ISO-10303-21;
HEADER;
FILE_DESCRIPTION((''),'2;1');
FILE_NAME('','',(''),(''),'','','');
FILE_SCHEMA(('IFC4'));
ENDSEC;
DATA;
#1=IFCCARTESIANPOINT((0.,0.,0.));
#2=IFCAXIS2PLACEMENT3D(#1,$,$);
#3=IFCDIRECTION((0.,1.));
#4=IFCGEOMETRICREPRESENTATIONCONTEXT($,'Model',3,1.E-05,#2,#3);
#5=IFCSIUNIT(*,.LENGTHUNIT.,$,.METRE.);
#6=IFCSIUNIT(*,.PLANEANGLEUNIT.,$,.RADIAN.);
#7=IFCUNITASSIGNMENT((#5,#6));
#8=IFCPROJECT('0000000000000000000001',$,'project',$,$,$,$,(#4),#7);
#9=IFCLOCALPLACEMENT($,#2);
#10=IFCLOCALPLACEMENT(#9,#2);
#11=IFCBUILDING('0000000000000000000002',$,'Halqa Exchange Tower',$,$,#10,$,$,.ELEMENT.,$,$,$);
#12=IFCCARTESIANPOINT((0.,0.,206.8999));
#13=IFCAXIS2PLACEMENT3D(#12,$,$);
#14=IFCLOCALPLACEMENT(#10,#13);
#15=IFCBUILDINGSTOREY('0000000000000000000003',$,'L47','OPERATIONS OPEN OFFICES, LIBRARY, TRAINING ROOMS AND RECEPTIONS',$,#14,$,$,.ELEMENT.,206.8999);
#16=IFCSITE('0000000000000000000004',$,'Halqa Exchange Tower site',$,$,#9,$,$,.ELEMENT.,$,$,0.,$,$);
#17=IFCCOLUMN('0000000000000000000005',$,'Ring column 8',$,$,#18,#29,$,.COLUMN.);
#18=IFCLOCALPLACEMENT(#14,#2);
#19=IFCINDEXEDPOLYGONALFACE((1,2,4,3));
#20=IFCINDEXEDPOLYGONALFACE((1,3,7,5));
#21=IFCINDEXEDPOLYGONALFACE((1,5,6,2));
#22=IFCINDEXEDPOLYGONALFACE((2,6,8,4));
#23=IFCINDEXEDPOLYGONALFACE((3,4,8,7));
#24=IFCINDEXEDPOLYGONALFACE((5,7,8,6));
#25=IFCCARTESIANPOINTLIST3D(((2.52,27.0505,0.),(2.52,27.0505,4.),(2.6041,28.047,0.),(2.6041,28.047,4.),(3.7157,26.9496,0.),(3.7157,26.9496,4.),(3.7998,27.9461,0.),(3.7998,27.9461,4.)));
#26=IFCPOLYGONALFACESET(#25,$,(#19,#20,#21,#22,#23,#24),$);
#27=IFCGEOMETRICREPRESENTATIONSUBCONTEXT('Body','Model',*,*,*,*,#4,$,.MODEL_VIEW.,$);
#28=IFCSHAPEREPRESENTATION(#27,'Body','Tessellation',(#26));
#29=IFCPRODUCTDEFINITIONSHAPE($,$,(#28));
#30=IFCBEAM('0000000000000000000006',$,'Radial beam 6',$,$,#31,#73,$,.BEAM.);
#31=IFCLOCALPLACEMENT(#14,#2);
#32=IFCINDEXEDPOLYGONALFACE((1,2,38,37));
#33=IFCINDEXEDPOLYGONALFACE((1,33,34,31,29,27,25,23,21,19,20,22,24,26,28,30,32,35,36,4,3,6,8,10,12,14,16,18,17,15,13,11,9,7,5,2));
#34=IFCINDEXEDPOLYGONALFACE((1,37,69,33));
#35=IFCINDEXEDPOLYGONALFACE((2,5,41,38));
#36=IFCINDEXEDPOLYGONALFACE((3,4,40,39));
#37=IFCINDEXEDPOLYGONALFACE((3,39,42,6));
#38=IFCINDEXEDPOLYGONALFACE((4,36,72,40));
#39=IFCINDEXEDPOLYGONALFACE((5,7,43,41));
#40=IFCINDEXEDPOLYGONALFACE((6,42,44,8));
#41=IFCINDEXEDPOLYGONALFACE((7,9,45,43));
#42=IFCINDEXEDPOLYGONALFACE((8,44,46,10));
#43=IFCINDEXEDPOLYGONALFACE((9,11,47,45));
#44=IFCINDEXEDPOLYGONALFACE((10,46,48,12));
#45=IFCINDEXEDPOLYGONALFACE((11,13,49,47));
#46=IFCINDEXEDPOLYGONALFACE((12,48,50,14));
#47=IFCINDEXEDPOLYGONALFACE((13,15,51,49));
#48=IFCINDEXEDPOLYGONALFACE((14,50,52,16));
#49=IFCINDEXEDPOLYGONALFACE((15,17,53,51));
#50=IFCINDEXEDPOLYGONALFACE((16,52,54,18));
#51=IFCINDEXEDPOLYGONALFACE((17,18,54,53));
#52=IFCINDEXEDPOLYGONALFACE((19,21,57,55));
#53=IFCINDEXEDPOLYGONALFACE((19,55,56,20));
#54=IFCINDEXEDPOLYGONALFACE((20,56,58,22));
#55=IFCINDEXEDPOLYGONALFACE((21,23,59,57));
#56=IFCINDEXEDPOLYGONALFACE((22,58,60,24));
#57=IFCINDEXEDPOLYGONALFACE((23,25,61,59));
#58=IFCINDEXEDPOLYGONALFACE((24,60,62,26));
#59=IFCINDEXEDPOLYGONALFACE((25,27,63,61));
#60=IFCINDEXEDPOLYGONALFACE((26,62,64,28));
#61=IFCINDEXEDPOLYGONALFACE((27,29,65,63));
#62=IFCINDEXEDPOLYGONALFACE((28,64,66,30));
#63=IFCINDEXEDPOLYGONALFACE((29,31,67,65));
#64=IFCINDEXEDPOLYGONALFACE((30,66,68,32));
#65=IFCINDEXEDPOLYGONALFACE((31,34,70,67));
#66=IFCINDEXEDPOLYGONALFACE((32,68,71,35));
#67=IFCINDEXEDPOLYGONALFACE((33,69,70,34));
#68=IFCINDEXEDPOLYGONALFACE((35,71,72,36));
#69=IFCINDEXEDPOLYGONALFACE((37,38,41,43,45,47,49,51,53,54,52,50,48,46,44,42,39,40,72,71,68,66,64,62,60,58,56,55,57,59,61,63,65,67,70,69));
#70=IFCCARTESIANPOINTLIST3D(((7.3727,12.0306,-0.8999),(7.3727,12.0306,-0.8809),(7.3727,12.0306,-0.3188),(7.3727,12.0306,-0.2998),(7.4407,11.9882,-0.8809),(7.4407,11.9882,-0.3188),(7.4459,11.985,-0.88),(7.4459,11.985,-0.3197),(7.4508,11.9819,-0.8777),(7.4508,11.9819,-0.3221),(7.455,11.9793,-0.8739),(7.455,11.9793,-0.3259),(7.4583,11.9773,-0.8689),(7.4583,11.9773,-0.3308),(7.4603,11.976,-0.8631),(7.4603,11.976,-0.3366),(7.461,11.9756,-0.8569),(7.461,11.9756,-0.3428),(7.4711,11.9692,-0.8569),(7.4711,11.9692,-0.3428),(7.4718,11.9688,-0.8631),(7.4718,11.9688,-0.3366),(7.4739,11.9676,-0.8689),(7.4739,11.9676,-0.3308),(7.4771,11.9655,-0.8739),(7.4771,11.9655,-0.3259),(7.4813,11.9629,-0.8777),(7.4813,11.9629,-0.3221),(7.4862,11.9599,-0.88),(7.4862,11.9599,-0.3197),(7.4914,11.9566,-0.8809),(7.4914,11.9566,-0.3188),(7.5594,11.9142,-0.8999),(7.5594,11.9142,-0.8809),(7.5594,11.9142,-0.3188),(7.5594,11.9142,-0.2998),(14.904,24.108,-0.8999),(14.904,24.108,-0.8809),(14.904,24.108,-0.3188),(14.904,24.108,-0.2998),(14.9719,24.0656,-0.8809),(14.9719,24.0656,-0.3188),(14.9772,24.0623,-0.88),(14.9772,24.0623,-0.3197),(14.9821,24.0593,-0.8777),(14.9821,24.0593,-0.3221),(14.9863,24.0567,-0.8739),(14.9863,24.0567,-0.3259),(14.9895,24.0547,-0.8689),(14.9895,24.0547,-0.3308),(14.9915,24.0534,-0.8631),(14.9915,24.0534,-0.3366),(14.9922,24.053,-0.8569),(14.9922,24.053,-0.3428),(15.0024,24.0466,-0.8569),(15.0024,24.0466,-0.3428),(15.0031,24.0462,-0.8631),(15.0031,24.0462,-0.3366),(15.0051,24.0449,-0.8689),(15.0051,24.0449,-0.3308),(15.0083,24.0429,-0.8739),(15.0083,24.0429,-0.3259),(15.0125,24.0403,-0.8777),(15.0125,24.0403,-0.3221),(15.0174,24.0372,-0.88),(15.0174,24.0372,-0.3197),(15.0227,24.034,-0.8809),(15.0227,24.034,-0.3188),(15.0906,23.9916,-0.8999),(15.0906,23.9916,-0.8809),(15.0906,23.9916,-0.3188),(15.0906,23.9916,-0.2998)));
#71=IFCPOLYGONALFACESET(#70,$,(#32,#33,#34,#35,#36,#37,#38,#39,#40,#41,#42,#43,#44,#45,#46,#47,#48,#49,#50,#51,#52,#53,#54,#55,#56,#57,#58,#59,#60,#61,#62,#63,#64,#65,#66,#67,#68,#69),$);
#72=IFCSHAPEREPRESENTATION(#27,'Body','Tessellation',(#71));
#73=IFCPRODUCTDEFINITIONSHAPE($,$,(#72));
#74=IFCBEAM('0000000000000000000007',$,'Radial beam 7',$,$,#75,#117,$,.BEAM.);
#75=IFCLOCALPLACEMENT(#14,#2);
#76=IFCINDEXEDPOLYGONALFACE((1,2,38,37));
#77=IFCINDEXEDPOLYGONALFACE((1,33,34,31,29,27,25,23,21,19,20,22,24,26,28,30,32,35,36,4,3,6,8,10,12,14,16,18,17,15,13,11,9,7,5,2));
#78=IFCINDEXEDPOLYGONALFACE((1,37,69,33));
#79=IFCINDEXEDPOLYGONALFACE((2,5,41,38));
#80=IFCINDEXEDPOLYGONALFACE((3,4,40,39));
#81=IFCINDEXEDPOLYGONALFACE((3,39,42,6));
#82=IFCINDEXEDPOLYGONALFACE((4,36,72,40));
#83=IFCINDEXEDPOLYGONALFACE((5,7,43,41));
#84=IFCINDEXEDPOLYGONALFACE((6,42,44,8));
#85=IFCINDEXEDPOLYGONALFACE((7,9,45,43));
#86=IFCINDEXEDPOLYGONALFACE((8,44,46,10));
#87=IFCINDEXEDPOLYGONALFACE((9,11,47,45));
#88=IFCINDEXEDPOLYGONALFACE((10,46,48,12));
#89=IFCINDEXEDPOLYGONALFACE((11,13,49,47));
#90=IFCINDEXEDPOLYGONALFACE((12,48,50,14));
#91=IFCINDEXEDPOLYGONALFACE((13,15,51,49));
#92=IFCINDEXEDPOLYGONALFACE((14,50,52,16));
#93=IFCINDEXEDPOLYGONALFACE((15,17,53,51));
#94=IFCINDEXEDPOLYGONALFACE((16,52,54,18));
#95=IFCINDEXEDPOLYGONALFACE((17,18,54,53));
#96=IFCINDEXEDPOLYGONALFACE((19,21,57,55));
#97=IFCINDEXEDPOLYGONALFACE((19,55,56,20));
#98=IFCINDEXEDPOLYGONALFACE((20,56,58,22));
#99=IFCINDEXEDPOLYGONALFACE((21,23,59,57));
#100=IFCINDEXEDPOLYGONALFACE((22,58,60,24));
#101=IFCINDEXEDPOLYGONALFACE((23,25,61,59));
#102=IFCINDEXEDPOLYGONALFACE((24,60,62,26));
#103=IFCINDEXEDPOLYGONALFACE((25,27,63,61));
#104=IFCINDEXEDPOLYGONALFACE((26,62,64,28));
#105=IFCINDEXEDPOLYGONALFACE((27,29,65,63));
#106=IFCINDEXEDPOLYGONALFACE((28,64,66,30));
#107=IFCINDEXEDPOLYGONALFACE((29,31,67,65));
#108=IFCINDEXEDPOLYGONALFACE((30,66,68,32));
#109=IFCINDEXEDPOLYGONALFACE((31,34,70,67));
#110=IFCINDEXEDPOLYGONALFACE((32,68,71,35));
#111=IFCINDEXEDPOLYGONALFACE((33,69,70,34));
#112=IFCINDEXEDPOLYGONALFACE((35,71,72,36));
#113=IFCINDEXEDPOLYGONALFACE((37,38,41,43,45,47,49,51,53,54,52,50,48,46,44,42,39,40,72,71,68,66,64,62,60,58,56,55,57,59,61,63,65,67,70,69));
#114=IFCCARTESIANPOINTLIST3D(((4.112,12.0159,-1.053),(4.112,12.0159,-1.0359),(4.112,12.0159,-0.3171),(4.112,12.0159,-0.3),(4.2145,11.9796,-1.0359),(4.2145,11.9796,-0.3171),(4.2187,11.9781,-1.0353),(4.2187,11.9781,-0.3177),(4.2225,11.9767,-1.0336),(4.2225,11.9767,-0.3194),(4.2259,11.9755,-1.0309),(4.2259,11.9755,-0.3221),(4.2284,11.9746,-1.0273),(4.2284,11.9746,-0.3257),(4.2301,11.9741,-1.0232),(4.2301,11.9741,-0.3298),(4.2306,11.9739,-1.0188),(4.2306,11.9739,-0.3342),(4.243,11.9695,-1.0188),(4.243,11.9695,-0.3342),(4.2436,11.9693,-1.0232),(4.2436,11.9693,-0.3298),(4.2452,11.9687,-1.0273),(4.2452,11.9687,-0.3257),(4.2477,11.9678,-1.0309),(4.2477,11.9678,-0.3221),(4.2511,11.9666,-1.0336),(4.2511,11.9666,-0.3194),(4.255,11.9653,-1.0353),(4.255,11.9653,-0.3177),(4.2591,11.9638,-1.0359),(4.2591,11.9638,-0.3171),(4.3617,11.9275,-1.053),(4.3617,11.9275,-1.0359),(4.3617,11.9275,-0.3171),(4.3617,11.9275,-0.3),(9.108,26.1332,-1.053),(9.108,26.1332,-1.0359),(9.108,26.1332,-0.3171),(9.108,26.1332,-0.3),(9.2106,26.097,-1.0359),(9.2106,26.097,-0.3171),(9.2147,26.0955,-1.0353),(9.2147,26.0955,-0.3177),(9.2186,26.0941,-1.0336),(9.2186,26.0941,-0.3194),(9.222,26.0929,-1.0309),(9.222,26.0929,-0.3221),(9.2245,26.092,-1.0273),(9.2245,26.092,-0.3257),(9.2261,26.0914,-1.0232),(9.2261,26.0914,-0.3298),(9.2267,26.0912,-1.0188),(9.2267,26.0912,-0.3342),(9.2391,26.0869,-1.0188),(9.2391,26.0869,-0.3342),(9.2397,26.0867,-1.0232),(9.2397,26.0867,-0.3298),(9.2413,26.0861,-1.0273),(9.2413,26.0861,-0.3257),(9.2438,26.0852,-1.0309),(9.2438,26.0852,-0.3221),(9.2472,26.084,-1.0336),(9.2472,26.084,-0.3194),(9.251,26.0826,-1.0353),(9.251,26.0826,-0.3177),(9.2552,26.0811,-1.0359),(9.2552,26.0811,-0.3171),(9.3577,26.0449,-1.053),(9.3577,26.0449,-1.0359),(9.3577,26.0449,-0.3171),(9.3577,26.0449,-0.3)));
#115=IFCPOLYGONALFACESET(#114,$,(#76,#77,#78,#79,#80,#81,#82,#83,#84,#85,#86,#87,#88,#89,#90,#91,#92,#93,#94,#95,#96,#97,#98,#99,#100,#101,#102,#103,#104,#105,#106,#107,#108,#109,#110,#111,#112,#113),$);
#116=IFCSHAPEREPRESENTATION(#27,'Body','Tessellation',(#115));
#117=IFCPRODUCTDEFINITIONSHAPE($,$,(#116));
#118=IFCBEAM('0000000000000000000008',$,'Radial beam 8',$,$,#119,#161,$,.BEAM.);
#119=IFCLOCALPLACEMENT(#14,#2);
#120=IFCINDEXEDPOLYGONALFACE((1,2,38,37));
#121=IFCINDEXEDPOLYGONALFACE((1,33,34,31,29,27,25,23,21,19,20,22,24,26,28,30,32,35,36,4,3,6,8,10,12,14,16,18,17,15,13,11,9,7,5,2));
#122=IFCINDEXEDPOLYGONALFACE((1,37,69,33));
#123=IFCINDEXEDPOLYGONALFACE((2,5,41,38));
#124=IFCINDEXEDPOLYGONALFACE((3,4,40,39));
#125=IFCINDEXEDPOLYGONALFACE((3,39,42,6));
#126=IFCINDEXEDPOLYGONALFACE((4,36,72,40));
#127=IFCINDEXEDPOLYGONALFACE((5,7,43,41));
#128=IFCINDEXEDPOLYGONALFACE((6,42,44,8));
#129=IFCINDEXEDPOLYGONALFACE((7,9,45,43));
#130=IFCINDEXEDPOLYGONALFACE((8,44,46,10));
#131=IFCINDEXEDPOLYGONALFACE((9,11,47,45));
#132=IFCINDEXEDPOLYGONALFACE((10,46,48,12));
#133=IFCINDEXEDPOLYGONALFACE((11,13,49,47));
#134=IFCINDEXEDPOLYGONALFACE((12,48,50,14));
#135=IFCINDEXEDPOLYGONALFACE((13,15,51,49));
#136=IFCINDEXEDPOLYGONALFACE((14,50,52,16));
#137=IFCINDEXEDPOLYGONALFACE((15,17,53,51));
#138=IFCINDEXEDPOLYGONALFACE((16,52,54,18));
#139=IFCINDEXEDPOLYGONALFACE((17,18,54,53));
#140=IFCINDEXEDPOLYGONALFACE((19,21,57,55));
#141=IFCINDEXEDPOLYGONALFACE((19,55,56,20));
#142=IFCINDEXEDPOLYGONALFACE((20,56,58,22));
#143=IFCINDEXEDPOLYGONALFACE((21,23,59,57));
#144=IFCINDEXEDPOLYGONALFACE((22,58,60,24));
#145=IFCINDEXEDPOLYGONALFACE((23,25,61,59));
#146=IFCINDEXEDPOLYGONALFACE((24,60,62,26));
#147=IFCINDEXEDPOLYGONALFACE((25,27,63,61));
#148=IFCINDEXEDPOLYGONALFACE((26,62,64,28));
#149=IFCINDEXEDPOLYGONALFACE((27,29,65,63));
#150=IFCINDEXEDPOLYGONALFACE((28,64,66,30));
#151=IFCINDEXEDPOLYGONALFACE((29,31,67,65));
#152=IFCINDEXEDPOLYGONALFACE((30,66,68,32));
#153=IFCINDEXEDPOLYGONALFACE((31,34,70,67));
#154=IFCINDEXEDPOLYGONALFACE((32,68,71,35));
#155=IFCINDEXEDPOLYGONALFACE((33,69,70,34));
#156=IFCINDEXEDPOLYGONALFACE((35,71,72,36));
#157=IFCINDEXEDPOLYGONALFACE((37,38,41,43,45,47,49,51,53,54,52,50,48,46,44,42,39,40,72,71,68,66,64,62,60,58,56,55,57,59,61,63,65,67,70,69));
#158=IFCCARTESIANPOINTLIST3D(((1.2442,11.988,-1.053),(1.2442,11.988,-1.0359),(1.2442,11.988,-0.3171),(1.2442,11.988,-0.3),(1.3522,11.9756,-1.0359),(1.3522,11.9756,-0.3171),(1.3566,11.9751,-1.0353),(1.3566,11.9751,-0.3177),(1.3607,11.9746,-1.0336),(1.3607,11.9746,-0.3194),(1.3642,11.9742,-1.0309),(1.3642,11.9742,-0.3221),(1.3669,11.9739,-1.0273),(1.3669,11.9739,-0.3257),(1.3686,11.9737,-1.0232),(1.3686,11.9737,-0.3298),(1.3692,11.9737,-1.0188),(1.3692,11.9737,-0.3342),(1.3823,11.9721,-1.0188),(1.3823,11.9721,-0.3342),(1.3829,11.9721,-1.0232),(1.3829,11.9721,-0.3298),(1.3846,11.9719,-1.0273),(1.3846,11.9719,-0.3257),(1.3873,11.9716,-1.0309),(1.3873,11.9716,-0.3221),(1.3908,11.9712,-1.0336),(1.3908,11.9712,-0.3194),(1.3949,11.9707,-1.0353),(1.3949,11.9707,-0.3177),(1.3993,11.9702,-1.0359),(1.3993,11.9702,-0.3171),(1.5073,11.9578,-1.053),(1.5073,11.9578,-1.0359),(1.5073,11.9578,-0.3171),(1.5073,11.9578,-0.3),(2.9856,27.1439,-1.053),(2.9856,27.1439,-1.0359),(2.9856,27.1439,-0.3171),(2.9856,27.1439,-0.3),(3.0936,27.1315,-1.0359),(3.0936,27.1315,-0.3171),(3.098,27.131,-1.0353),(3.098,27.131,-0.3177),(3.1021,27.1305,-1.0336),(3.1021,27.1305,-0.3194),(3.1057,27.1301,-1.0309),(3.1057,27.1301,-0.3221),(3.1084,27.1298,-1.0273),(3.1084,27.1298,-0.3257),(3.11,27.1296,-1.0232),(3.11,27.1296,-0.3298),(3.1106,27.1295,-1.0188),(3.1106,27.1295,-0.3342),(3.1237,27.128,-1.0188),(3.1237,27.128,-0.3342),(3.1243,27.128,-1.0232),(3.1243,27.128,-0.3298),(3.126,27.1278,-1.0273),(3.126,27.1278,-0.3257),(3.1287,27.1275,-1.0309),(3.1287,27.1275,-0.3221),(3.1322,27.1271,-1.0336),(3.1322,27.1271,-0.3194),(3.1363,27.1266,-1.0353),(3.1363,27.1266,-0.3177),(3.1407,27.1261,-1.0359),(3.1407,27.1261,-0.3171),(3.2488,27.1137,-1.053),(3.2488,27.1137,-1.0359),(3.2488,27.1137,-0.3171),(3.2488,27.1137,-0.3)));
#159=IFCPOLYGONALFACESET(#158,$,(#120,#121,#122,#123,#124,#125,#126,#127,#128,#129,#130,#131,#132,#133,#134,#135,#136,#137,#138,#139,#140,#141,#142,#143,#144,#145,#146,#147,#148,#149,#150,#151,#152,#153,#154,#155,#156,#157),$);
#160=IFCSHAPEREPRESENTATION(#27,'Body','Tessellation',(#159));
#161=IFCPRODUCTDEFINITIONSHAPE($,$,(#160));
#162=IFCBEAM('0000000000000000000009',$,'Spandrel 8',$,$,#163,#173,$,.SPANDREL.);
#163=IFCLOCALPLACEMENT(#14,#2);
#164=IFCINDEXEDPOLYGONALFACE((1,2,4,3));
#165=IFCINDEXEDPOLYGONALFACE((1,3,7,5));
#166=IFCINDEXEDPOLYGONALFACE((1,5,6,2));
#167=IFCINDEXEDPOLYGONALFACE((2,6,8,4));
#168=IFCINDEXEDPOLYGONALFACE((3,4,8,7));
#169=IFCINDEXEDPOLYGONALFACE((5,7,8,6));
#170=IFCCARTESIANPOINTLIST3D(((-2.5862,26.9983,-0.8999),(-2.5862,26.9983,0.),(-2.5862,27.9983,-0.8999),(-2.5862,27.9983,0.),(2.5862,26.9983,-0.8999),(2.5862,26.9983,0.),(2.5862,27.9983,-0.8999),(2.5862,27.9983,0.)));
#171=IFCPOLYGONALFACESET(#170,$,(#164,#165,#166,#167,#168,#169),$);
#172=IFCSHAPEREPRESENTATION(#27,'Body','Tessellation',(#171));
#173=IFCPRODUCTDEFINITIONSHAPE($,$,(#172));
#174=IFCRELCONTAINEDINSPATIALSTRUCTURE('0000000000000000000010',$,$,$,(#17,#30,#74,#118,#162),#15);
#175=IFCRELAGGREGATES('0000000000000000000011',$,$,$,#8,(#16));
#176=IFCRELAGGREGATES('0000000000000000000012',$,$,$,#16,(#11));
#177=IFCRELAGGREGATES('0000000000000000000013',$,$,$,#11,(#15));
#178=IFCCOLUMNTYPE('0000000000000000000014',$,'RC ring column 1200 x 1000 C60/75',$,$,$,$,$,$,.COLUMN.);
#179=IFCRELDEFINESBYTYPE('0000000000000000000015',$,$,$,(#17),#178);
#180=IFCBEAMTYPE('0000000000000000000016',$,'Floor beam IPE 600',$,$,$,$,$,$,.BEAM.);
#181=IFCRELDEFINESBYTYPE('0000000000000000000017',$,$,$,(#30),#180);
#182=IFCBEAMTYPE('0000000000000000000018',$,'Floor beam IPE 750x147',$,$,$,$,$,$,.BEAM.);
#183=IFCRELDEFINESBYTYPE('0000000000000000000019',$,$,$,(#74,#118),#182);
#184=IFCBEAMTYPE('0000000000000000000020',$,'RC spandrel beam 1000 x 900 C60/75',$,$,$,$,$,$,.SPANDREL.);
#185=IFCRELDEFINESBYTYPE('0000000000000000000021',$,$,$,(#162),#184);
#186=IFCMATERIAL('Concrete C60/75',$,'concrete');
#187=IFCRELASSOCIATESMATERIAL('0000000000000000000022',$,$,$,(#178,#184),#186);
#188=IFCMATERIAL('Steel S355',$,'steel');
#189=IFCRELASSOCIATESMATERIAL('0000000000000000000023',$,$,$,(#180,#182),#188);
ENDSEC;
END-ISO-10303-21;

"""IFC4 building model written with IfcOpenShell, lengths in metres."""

from ifc_helpers import new_model, si_unit, direction, frame, origin, origin_2d, place, context, subcontext, project, spatial, rectangle, i_section, extrude, material, material_profile, profile_set, type_object, element, save


model = new_model("IFC4")

# Units and contexts
model_context = context("Model", 3, precision=1e-05, world=origin(), true_north=direction((0.0, 1.0)))
body_context = subcontext(model_context, "Body", "Model", "MODEL_VIEW")
ifc_project = project(units=[si_unit("LENGTHUNIT", "METRE"), si_unit("PLANEANGLEUNIT", "RADIAN")], contexts=[model_context])

# Site, building, storey
site_placement = place(None, origin())
site = spatial("IfcSite", under=ifc_project, at=site_placement, Name="Halqa Exchange Tower site", CompositionType="ELEMENT", RefElevation=0.0)
building_placement = place(site_placement, origin())
building = spatial("IfcBuilding", under=site, at=building_placement, Name="Halqa Exchange Tower", CompositionType="ELEMENT")
storey_placement = place(building_placement, frame((0.0, 0.0, 206.8999)))
storey = spatial("IfcBuildingStorey", under=building, at=storey_placement, Name="L47", Description="OPERATIONS OPEN OFFICES, LIBRARY, TRAINING ROOMS AND RECEPTIONS", CompositionType="ELEMENT", Elevation=206.8999)

# Column
ifc_material_1 = material(Name="Concrete C60/75", Category="concrete")
ifc_material_profile_1 = material_profile(ifc_material_1, rectangle(XDim=1.2, YDim=1.0, at=origin_2d()), Name="1200 x 1000")
ifc_profile_set_1 = profile_set([ifc_material_profile_1], Name="Concrete C60/75")
column_type = type_object("IfcColumnType", Name="RC ring column 1200 x 1000 C60/75", PredefinedType="COLUMN", material=ifc_profile_set_1)
column_placement = place(storey_placement, frame((3.1599, 27.4983, 0.0), z_axis=(0.0, 0.0, 1.0), x_axis=(-0.996456, 0.084118, 0.0)))
element("IfcColumn", 1, at=column_placement, inside=storey, type_object=column_type, Name="Ring column 8", PredefinedType="COLUMN", context=body_context, shape_type="SweptSolid", body=[
    extrude(rectangle(XDim=1.2, YDim=1.0, at=origin_2d()), origin(), (0.0, 0.0, 1.0), 4.0),
])

# Beams
ifc_material_2 = material(Name="Steel S355", Category="steel")
ifc_material_profile_2 = material_profile(ifc_material_2, i_section(OverallWidth=0.22, OverallDepth=0.6001, WebThickness=0.012, FlangeThickness=0.019, FilletRadius=0.0239, at=origin_2d()), Name="IPE 600")
ifc_profile_set_2 = profile_set([ifc_material_profile_2], Name="Steel S355")
beam_type_1 = type_object("IfcBeamType", Name="Floor beam IPE 600", PredefinedType="BEAM", material=ifc_profile_set_2)
beam_1_placement = place(storey_placement, frame((7.4661, 11.9724, -0.5999), z_axis=(0.529134, 0.848538, 0.0), x_axis=(-0.848538, 0.529134, 0.0)))
element("IfcBeam", 2, at=beam_1_placement, inside=storey, type_object=beam_type_1, Name="Radial beam 6", PredefinedType="BEAM", context=body_context, shape_type="SweptSolid", body=[
    extrude(i_section(OverallWidth=0.22, OverallDepth=0.6001, WebThickness=0.012, FlangeThickness=0.019, FilletRadius=0.0239, at=origin_2d()), origin(), (0.0, 0.0, 1.0), 14.2332),
])
ifc_material_profile_3 = material_profile(ifc_material_2, i_section(OverallWidth=0.2649, OverallDepth=0.7529, WebThickness=0.0132, FlangeThickness=0.0171, FilletRadius=0.0171, at=origin_2d()), Name="IPE 750x147")
ifc_profile_set_3 = profile_set([ifc_material_profile_3], Name="Steel S355")
beam_type_2 = type_object("IfcBeamType", Name="Floor beam IPE 750x147", PredefinedType="BEAM", material=ifc_profile_set_3)
beam_2_placement = place(storey_placement, frame((4.2368, 11.9717, -0.6765), z_axis=(0.33362, 0.942708, 0.0), x_axis=(-0.942708, 0.33362, 0.0)))
element("IfcBeam", 3, at=beam_2_placement, inside=storey, type_object=beam_type_2, Name="Radial beam 7", PredefinedType="BEAM", context=body_context, shape_type="SweptSolid", body=[
    extrude(i_section(OverallWidth=0.2649, OverallDepth=0.7529, WebThickness=0.0132, FlangeThickness=0.0171, FilletRadius=0.0171, at=origin_2d()), origin(), (0.0, 0.0, 1.0), 14.9753),
])
beam_3_placement = place(storey_placement, frame((1.3757, 11.9729, -0.6765), z_axis=(0.114151, 0.993463, 0.0), x_axis=(-0.993463, 0.114151, 0.0)))
element("IfcBeam", 4, at=beam_3_placement, inside=storey, type_object=beam_type_2, Name="Radial beam 8", PredefinedType="BEAM", context=body_context, shape_type="SweptSolid", body=[
    extrude(i_section(OverallWidth=0.2649, OverallDepth=0.7529, WebThickness=0.0132, FlangeThickness=0.0171, FilletRadius=0.0171, at=origin_2d()), origin(), (0.0, 0.0, 1.0), 15.2556),
])
ifc_material_profile_4 = material_profile(ifc_material_1, rectangle(XDim=1.0, YDim=0.8999, at=origin_2d()), Name="1000 x 900")
ifc_profile_set_4 = profile_set([ifc_material_profile_4], Name="Concrete C60/75")
beam_type_3 = type_object("IfcBeamType", Name="RC spandrel beam 1000 x 900 C60/75", PredefinedType="SPANDREL", material=ifc_profile_set_4)
beam_4_placement = place(storey_placement, frame((2.5862, 27.4983, -0.45), z_axis=(-1.0, 0.0, 0.0), x_axis=(0.0, -1.0, 0.0)))
element("IfcBeam", 5, at=beam_4_placement, inside=storey, type_object=beam_type_3, Name="Spandrel 8", PredefinedType="SPANDREL", context=body_context, shape_type="SweptSolid", body=[
    extrude(rectangle(XDim=1.0, YDim=0.8999, at=origin_2d()), origin(), (0.0, 0.0, 1.0), 5.1724),
])

save(model, "model.ifc")
